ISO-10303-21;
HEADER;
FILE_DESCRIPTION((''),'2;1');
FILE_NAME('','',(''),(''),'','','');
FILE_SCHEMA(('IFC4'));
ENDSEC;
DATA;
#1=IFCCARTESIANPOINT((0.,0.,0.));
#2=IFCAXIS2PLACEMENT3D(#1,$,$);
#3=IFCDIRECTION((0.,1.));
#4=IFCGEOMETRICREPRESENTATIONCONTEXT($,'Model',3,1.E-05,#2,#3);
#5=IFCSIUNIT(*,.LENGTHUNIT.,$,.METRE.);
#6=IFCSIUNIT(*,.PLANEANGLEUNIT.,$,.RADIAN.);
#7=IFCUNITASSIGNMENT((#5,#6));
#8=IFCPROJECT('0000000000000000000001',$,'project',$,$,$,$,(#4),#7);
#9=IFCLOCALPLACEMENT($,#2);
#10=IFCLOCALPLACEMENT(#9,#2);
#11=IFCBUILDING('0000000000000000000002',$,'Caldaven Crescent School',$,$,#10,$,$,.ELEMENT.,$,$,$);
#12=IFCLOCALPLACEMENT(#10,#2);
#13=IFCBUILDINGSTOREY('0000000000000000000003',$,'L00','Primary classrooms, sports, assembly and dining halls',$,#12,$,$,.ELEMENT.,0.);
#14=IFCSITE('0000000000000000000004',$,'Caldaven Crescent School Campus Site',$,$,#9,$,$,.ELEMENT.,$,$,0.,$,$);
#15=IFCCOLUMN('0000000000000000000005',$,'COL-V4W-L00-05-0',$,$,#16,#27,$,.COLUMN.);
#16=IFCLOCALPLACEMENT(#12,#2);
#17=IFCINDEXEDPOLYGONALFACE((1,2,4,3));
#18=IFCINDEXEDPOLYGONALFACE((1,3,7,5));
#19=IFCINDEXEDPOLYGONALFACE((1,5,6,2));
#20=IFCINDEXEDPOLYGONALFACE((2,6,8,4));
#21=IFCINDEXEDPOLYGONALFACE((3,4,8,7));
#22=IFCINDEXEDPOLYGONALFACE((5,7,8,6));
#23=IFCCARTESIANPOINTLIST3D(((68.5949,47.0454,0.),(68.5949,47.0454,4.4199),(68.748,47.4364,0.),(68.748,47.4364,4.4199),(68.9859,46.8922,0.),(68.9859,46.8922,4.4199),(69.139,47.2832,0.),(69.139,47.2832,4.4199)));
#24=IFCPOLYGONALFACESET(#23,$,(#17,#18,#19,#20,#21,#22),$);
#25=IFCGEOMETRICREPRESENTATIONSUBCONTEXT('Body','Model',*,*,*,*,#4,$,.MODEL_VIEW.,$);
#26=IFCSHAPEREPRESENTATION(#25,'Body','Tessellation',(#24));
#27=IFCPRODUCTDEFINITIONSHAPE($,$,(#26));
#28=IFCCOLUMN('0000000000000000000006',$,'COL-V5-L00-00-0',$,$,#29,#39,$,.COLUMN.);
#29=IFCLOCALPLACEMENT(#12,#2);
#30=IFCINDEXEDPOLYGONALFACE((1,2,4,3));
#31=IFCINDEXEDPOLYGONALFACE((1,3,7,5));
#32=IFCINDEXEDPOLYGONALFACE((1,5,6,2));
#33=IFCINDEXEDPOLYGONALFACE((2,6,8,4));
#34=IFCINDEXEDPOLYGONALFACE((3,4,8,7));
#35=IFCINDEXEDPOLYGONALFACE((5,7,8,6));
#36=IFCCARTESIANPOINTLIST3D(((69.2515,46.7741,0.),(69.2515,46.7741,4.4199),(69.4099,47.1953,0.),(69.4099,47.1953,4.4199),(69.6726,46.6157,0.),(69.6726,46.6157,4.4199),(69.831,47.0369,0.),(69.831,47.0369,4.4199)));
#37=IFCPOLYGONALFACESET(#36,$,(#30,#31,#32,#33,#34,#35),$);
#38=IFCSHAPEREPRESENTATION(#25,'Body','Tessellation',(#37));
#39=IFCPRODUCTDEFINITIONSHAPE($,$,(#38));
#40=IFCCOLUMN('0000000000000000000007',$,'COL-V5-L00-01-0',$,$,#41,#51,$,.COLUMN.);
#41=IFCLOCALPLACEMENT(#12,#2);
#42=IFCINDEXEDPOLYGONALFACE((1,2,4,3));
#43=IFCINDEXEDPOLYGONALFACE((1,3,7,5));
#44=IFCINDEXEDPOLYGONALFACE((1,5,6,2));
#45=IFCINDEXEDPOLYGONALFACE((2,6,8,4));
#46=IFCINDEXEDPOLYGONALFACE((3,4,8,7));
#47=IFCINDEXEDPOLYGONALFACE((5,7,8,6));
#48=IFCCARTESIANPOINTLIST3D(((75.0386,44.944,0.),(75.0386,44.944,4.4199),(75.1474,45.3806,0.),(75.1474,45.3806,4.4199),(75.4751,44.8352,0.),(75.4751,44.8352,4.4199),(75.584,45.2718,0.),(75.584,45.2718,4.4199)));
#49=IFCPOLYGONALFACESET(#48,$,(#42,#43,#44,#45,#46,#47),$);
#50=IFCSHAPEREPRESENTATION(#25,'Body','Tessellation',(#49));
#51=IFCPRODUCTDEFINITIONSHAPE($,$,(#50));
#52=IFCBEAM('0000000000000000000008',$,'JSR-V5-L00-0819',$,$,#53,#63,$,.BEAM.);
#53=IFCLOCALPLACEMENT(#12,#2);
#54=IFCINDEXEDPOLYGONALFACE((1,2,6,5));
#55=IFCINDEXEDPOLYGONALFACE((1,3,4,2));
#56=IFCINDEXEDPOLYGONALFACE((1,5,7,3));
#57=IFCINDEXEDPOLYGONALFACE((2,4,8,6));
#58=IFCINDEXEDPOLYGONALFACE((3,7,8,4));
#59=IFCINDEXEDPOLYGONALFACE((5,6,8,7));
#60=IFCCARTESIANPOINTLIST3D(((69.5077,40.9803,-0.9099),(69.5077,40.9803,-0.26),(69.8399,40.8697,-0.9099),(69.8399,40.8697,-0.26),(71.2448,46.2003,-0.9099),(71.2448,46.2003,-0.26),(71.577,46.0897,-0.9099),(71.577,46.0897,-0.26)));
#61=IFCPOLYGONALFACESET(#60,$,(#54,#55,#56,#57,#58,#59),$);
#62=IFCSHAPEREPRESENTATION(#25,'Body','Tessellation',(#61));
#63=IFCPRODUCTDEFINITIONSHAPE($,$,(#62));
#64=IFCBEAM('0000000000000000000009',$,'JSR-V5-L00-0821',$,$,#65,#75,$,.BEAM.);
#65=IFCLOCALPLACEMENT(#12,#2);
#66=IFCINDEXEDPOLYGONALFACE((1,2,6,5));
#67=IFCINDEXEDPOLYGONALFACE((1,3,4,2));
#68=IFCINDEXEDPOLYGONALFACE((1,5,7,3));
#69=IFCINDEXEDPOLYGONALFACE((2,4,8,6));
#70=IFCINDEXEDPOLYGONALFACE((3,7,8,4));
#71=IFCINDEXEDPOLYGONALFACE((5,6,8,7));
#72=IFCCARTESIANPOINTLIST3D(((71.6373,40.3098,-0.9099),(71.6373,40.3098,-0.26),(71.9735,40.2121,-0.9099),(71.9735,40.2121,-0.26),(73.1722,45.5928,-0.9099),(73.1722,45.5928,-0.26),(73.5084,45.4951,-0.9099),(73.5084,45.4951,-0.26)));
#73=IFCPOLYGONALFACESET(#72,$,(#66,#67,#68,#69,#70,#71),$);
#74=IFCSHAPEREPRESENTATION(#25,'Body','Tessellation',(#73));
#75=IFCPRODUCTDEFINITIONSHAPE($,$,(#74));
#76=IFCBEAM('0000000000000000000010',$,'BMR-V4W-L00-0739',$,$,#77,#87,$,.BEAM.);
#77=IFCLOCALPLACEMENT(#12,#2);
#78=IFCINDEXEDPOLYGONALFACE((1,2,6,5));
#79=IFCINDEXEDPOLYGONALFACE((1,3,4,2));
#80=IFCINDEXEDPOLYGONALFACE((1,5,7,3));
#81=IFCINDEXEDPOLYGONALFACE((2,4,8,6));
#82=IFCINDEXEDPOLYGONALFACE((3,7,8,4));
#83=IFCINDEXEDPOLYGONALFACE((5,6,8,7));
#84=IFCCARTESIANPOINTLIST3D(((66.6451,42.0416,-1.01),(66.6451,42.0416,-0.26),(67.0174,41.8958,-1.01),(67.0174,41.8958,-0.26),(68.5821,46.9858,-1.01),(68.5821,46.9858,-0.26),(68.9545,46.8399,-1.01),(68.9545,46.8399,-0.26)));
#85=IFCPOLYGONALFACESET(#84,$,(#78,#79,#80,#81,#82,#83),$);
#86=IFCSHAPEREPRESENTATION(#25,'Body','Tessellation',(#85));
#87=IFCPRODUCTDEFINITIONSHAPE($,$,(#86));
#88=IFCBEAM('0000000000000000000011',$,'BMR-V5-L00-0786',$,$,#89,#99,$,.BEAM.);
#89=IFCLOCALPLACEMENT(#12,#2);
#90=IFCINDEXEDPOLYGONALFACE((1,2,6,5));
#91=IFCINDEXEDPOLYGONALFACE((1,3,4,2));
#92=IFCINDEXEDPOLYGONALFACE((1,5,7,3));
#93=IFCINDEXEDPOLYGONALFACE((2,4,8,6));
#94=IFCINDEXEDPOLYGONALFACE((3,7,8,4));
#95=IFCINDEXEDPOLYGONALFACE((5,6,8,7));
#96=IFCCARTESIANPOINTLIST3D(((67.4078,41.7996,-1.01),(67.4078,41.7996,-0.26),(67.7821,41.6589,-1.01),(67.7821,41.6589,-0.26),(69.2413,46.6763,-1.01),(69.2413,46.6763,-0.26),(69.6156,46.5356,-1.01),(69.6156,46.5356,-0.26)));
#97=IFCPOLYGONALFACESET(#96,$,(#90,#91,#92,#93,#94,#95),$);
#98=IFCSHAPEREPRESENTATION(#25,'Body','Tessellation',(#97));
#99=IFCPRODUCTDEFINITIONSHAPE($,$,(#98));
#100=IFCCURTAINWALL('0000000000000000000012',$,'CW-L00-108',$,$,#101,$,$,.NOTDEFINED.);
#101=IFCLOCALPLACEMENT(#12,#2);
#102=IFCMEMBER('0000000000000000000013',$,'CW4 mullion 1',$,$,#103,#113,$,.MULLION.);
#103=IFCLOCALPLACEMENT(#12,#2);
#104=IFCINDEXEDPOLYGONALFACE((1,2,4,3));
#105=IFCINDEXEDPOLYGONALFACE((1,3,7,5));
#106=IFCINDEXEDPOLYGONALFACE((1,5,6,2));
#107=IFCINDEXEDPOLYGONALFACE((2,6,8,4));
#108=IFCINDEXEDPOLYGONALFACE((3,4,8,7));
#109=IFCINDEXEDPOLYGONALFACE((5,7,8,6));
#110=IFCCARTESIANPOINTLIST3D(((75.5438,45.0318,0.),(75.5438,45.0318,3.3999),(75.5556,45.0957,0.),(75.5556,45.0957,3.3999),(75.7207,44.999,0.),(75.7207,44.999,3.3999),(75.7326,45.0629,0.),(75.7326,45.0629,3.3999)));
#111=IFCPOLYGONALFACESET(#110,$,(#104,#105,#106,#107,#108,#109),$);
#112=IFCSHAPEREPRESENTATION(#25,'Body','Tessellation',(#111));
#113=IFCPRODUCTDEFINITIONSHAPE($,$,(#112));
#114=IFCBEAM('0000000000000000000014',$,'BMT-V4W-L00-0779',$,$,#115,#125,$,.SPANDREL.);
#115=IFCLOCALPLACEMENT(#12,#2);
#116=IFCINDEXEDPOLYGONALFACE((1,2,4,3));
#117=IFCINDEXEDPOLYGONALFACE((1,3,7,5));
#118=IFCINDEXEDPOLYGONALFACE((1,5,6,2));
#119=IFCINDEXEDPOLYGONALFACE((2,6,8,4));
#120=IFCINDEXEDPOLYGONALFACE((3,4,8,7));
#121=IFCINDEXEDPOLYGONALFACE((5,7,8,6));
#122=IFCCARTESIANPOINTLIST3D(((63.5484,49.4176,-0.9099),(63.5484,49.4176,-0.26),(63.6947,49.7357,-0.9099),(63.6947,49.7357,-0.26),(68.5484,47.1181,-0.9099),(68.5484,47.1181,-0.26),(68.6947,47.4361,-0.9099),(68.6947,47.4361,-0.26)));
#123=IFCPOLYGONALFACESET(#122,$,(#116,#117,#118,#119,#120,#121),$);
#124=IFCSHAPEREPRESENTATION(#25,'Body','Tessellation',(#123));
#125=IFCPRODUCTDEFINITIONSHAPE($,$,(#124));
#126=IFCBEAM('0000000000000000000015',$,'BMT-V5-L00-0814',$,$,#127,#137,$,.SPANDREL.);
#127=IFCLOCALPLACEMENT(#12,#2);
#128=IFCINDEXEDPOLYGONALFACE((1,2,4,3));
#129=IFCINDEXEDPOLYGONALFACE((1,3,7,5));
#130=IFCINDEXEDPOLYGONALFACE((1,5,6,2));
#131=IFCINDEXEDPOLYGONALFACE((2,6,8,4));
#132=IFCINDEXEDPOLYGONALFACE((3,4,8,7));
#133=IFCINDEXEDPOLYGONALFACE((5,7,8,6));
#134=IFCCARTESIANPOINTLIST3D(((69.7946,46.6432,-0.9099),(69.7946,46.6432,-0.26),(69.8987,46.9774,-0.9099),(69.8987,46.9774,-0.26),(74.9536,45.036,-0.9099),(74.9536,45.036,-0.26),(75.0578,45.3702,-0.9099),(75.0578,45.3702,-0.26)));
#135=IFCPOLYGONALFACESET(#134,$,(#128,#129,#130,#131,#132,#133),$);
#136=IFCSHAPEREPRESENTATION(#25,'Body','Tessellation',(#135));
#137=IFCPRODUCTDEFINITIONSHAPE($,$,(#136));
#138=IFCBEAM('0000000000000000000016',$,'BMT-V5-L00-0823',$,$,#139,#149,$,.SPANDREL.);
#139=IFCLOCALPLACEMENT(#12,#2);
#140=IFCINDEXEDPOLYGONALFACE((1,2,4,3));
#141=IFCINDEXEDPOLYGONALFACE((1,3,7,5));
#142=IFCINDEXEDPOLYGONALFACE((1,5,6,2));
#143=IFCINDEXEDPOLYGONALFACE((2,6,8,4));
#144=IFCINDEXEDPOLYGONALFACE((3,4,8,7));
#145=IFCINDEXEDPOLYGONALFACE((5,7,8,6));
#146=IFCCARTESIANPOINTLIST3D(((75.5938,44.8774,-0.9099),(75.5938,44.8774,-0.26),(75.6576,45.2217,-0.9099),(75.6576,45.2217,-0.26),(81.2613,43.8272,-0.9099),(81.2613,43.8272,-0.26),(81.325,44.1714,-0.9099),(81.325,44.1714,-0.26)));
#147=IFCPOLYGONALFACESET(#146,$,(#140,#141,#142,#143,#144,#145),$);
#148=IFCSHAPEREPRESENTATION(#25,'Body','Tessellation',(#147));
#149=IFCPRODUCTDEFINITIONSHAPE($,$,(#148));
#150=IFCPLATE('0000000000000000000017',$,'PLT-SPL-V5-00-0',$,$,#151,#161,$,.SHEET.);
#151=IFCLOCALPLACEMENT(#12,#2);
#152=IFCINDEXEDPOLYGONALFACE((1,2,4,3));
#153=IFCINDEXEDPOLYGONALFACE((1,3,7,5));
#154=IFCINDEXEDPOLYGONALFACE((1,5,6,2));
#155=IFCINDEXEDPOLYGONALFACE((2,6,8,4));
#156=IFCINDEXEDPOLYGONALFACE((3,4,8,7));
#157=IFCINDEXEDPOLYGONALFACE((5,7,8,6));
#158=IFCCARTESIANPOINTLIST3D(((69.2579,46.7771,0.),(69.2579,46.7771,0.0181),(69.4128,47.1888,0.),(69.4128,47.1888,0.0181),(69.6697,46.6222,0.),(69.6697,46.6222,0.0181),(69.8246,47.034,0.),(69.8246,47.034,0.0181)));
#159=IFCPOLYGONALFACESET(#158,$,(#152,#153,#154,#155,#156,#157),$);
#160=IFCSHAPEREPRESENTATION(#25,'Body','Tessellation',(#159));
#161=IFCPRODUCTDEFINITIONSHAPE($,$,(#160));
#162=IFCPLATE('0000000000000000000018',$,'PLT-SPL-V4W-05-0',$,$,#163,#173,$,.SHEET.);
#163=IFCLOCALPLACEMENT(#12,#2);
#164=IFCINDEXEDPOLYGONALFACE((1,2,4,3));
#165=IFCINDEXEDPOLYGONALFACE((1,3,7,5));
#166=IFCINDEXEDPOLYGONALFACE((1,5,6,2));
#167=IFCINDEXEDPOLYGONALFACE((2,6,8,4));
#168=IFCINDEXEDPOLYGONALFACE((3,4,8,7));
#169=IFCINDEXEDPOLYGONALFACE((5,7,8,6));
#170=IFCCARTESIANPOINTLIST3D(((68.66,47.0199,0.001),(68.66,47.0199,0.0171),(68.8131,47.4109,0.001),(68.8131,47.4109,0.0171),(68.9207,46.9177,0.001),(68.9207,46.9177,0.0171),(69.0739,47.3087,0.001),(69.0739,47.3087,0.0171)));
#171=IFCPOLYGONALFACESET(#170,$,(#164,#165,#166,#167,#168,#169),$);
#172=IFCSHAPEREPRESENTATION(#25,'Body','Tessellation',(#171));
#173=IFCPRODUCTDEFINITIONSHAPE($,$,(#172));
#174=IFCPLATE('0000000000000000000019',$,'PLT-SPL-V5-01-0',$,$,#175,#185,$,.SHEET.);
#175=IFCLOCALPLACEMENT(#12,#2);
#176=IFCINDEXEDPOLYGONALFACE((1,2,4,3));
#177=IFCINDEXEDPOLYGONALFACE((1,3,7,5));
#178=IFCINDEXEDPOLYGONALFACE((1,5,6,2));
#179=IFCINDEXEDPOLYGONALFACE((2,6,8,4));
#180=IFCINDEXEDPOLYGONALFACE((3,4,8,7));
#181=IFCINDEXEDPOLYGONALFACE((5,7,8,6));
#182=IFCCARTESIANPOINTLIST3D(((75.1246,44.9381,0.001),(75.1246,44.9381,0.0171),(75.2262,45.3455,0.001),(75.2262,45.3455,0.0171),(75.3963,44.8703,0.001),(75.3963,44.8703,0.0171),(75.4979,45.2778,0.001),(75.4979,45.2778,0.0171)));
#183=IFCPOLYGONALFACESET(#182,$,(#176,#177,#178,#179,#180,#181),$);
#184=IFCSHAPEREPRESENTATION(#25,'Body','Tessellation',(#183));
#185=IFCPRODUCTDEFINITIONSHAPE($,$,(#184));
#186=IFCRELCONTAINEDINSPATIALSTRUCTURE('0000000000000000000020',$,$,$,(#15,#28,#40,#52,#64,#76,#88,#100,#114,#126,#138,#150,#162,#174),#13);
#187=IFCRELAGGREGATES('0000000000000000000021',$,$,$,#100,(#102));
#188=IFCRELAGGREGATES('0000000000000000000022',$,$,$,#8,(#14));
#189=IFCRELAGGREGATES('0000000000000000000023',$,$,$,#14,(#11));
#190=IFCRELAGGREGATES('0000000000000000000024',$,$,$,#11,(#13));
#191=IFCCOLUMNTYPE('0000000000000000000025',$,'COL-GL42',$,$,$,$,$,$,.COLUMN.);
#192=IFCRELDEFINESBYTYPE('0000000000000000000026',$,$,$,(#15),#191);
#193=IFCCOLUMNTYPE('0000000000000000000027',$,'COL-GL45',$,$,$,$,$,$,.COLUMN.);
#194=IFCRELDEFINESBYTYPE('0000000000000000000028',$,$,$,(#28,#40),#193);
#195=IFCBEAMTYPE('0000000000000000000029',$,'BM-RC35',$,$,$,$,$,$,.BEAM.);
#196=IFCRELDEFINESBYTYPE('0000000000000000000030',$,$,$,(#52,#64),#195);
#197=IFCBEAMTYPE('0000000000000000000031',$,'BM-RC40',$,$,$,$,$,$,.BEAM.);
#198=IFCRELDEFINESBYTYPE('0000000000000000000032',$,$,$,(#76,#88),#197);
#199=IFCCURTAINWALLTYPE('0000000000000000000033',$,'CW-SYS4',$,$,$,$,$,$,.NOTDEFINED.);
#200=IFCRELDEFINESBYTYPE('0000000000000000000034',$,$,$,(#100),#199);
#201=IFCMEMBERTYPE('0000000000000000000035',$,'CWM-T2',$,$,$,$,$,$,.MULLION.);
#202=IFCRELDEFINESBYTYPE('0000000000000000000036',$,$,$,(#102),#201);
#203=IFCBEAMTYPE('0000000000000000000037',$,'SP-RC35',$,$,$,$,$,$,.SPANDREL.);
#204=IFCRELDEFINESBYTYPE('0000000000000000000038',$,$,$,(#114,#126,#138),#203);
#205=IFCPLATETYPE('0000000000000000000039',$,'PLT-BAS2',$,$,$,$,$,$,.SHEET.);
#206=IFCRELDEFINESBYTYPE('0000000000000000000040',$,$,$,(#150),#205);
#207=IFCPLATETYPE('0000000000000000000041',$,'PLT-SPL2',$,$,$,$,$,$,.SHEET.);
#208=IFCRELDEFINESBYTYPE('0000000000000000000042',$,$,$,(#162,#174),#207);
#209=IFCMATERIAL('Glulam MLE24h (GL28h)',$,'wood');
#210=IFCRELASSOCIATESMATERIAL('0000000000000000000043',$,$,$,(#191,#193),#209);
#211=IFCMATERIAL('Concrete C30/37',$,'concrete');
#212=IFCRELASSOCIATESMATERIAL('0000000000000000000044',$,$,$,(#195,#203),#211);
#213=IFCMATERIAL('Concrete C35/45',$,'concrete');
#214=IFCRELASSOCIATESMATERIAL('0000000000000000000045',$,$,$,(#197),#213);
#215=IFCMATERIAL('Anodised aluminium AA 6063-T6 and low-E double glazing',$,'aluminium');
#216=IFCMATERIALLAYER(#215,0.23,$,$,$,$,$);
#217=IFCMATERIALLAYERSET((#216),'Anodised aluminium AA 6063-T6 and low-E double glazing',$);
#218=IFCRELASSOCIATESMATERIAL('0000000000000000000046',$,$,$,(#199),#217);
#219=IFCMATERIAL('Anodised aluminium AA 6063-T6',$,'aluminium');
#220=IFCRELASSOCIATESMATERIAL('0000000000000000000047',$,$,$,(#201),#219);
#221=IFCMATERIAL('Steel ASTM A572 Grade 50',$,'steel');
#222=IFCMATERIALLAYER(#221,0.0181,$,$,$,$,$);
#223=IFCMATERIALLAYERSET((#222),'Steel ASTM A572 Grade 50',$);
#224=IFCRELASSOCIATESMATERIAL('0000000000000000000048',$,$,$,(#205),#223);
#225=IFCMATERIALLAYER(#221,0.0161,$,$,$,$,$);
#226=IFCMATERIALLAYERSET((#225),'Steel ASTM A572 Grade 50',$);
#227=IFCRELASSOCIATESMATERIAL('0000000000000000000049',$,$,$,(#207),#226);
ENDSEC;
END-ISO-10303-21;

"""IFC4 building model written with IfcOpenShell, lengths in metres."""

from ifc_helpers import new_model, si_unit, direction, frame, origin, origin_2d, place, context, subcontext, project, spatial, rectangle, extrude, material, layer, layer_set, material_profile, profile_set, type_object, element, aggregate, save


model = new_model("IFC4")

# Units and contexts
model_context = context("Model", 3, precision=1e-05, world=origin(), true_north=direction((0.0, 1.0)))
body_context = subcontext(model_context, "Body", "Model", "MODEL_VIEW")
ifc_project = project(units=[si_unit("LENGTHUNIT", "METRE"), si_unit("PLANEANGLEUNIT", "RADIAN")], contexts=[model_context])

# Site, building, storey
site_placement = place(None, origin())
site = spatial("IfcSite", under=ifc_project, at=site_placement, Name="Caldaven Crescent School Campus Site", CompositionType="ELEMENT", RefElevation=0.0)
building_placement = place(site_placement, origin())
building = spatial("IfcBuilding", under=site, at=building_placement, Name="Caldaven Crescent School", CompositionType="ELEMENT")
storey_placement = place(building_placement, origin())
storey = spatial("IfcBuildingStorey", under=building, at=storey_placement, Name="L00", Description="Primary classrooms, sports, assembly and dining halls", CompositionType="ELEMENT", Elevation=0.0)

# Columns
ifc_material_1 = material(Name="Glulam MLE24h (GL28h)", Category="wood")
ifc_material_profile_1 = material_profile(ifc_material_1, rectangle(XDim=0.4199, YDim=0.4199, at=origin_2d()), Name="MLE 420x420")
ifc_profile_set_1 = profile_set([ifc_material_profile_1], Name="Glulam MLE24h (GL28h)")
column_type_1 = type_object("IfcColumnType", Name="COL-GL42", PredefinedType="COLUMN", material=ifc_profile_set_1)
column_placement = place(storey_placement, frame((68.8669, 47.1643, 0.0), z_axis=(0.0, 0.0, 1.0), x_axis=(-0.364714, -0.931119, 0.0)))
element("IfcColumn", 1, at=column_placement, inside=storey, type_object=column_type_1, Name="COL-V4W-L00-05-0", PredefinedType="COLUMN", context=body_context, shape_type="SweptSolid", body=[
    extrude(rectangle(XDim=0.4199, YDim=0.4199, at=origin_2d()), origin(), (0.0, 0.0, 1.0), 4.4199),
])
ifc_material_profile_2 = material_profile(ifc_material_1, rectangle(XDim=0.45, YDim=0.45, at=origin_2d()), Name="MLE 450x450")
ifc_profile_set_2 = profile_set([ifc_material_profile_2], Name="Glulam MLE24h (GL28h)")
column_type_2 = type_object("IfcColumnType", Name="COL-GL45", PredefinedType="COLUMN", material=ifc_profile_set_2)
for number, where, z_axis, x_axis, name in (
    (2, (69.5413, 46.9055, 0.0), (0.0, 0.0, 1.0), (-0.352005, -0.935998, 0.0), "COL-V5-L00-00-0"),
    (3, (75.3113, 45.1079, 0.0), (0.0, 0.0, 1.0), (-0.241922, -0.970296, 0.0), "COL-V5-L00-01-0"),
):
    element("IfcColumn", number, at=place(storey_placement, frame(where, z_axis=z_axis, x_axis=x_axis)), inside=storey, type_object=column_type_2, Name=name, PredefinedType="COLUMN", context=body_context, shape_type="SweptSolid", body=[
        extrude(rectangle(XDim=0.45, YDim=0.45, at=origin_2d()), origin(), (0.0, 0.0, 1.0), 4.4199),
    ])

# Beams
ifc_material_2 = material(Name="Concrete C30/37", Category="concrete")
ifc_material_profile_3 = material_profile(ifc_material_2, rectangle(XDim=0.3501, YDim=0.6499, at=origin_2d()), Name="RC 350x650")
ifc_profile_set_3 = profile_set([ifc_material_profile_3], Name="Concrete C30/37")
beam_type_1 = type_object("IfcBeamType", Name="BM-RC35", PredefinedType="BEAM", material=ifc_profile_set_3)
for number, where, z_axis, x_axis, name in (
    (4, (71.4109, 46.145, -0.585), (-0.315748, -0.948843, 0.0), (0.948843, -0.315748, 0.0), "JSR-V5-L00-0819"),
    (5, (73.3403, 45.5439, -0.585), (-0.279003, -0.96029, 0.0), (0.96029, -0.279003, 0.0), "JSR-V5-L00-0821"),
):
    element("IfcBeam", number, at=place(storey_placement, frame(where, z_axis=z_axis, x_axis=x_axis)), inside=storey, type_object=beam_type_1, Name=name, PredefinedType="BEAM", context=body_context, shape_type="SweptSolid", body=[
        extrude(rectangle(XDim=0.3501, YDim=0.6499, at=origin_2d()), origin(), (0.0, 0.0, 1.0), 5.5015),
    ])
ifc_material_3 = material(Name="Concrete C35/45", Category="concrete")
ifc_material_profile_4 = material_profile(ifc_material_3, rectangle(XDim=0.3999, YDim=0.75, at=origin_2d()), Name="RC 400x750")
ifc_profile_set_4 = profile_set([ifc_material_profile_4], Name="Concrete C35/45")
beam_type_2 = type_object("IfcBeamType", Name="BM-RC40", PredefinedType="BEAM", material=ifc_profile_set_4)
beam_1_placement = place(storey_placement, frame((68.7683, 46.9128, -0.635), z_axis=(-0.364786, -0.931091, 0.0), x_axis=(0.931091, -0.364786, 0.0)))
element("IfcBeam", 6, at=beam_1_placement, inside=storey, type_object=beam_type_2, Name="BMR-V4W-L00-0739", PredefinedType="BEAM", context=body_context, shape_type="SweptSolid", body=[
    extrude(rectangle(XDim=0.3999, YDim=0.75, at=origin_2d()), origin(), (0.0, 0.0, 1.0), 5.3101),
])
beam_2_placement = place(storey_placement, frame((69.4285, 46.606, -0.635), z_axis=(-0.351919, -0.93603, 0.0), x_axis=(0.93603, -0.351919, 0.0)))
element("IfcBeam", 7, at=beam_2_placement, inside=storey, type_object=beam_type_2, Name="BMR-V5-L00-0786", PredefinedType="BEAM", context=body_context, shape_type="SweptSolid", body=[
    extrude(rectangle(XDim=0.3999, YDim=0.75, at=origin_2d()), origin(), (0.0, 0.0, 1.0), 5.21),
])

# Curtain wall, member
ifc_material_4 = material(Name="Anodised aluminium AA 6063-T6 and low-E double glazing", Category="aluminium")
ifc_layer_1 = layer(ifc_material_4, 0.23)
ifc_layer_set_1 = layer_set([ifc_layer_1], Name="Anodised aluminium AA 6063-T6 and low-E double glazing")
curtain_wall_type = type_object("IfcCurtainWallType", Name="CW-SYS4", PredefinedType="NOTDEFINED", material=ifc_layer_set_1)
curtain_wall_placement = place(storey_placement, origin())
curtain_wall = element("IfcCurtainWall", 8, at=curtain_wall_placement, inside=storey, type_object=curtain_wall_type, Name="CW-L00-108", PredefinedType="NOTDEFINED")
ifc_material_5 = material(Name="Anodised aluminium AA 6063-T6", Category="aluminium")
ifc_material_profile_5 = material_profile(ifc_material_5, rectangle(XDim=0.0649, YDim=0.1799, at=origin_2d()), Name="CWM 65x180")
ifc_profile_set_5 = profile_set([ifc_material_profile_5], Name="Anodised aluminium AA 6063-T6")
member_type = type_object("IfcMemberType", Name="CWM-T2", PredefinedType="MULLION", material=ifc_profile_set_5)
member_placement = place(storey_placement, frame((75.6382, 45.0474, 0.0), z_axis=(0.0, 0.0, 1.0), x_axis=(0.182236, 0.983255, 0.0)))
member = element("IfcMember", 9, at=member_placement, type_object=member_type, Name="CW4 mullion 1", PredefinedType="MULLION", context=body_context, shape_type="SweptSolid", body=[
    extrude(rectangle(XDim=0.0649, YDim=0.1799, at=origin_2d()), origin(), (0.0, 0.0, 1.0), 3.3999),
])
aggregate(curtain_wall, [member])

# Beams
ifc_material_profile_6 = material_profile(ifc_material_2, rectangle(XDim=0.3501, YDim=0.6499, at=origin_2d()), Name="RC 350x650")
ifc_profile_set_6 = profile_set([ifc_material_profile_6], Name="Concrete C30/37")
beam_type_3 = type_object("IfcBeamType", Name="SP-RC35", PredefinedType="SPANDREL", material=ifc_profile_set_6)
beam_3_placement = place(storey_placement, frame((63.6216, 49.5767, -0.585), z_axis=(0.908521, -0.41784, 0.0), x_axis=(0.41784, 0.908521, 0.0)))
element("IfcBeam", 10, at=beam_3_placement, inside=storey, type_object=beam_type_3, Name="BMT-V4W-L00-0779", PredefinedType="SPANDREL", context=body_context, shape_type="SweptSolid", body=[
    extrude(rectangle(XDim=0.3501, YDim=0.6499, at=origin_2d()), origin(), (0.0, 0.0, 1.0), 5.5034),
])
beam_4_placement = place(storey_placement, frame((69.8467, 46.8103, -0.585), z_axis=(0.954742, -0.297434, 0.0), x_axis=(0.297434, 0.954742, 0.0)))
element("IfcBeam", 11, at=beam_4_placement, inside=storey, type_object=beam_type_3, Name="BMT-V5-L00-0814", PredefinedType="SPANDREL", context=body_context, shape_type="SweptSolid", body=[
    extrude(rectangle(XDim=0.3501, YDim=0.6499, at=origin_2d()), origin(), (0.0, 0.0, 1.0), 5.4036),
])
beam_5_placement = place(storey_placement, frame((75.6257, 45.0496, -0.585), z_axis=(0.983258, -0.182217, 0.0), x_axis=(0.182217, 0.983258, 0.0)))
element("IfcBeam", 12, at=beam_5_placement, inside=storey, type_object=beam_type_3, Name="BMT-V5-L00-0823", PredefinedType="SPANDREL", context=body_context, shape_type="SweptSolid", body=[
    extrude(rectangle(XDim=0.3501, YDim=0.6499, at=origin_2d()), origin(), (0.0, 0.0, 1.0), 5.7639),
])

# Plates
ifc_material_6 = material(Name="Steel ASTM A572 Grade 50", Category="steel")
ifc_layer_2 = layer(ifc_material_6, 0.0181)
ifc_layer_set_2 = layer_set([ifc_layer_2], Name="Steel ASTM A572 Grade 50")
plate_type_1 = type_object("IfcPlateType", Name="PLT-BAS2", PredefinedType="SHEET", material=ifc_layer_set_2)
plate_placement = place(storey_placement, frame((69.5413, 46.9055, 0.0), z_axis=(0.0, 0.0, 1.0), x_axis=(-0.352005, -0.935998, 0.0)))
element("IfcPlate", 13, at=plate_placement, inside=storey, type_object=plate_type_1, Name="PLT-SPL-V5-00-0", PredefinedType="SHEET", context=body_context, shape_type="SweptSolid", body=[
    extrude(rectangle(XDim=0.4399, YDim=0.4399, at=origin_2d()), origin(), (0.0, 0.0, 1.0), 0.0181),
])
ifc_layer_3 = layer(ifc_material_6, 0.0161)
ifc_layer_set_3 = layer_set([ifc_layer_3], Name="Steel ASTM A572 Grade 50")
plate_type_2 = type_object("IfcPlateType", Name="PLT-SPL2", PredefinedType="SHEET", material=ifc_layer_set_3)
for number, where, z_axis, x_axis, name in (
    (14, (68.8669, 47.1643, 0.001), (0.0, 0.0, 1.0), (-0.364714, -0.931119, 0.0), "PLT-SPL-V4W-05-0"),
    (15, (75.3113, 45.1079, 0.001), (0.0, 0.0, 1.0), (-0.241922, -0.970296, 0.0), "PLT-SPL-V5-01-0"),
):
    element("IfcPlate", number, at=place(storey_placement, frame(where, z_axis=z_axis, x_axis=x_axis)), inside=storey, type_object=plate_type_2, Name=name, PredefinedType="SHEET", context=body_context, shape_type="SweptSolid", body=[
        extrude(rectangle(XDim=0.4199, YDim=0.28, at=origin_2d()), origin(), (0.0, 0.0, 1.0), 0.0161),
    ])

save(model, "model.ifc")
